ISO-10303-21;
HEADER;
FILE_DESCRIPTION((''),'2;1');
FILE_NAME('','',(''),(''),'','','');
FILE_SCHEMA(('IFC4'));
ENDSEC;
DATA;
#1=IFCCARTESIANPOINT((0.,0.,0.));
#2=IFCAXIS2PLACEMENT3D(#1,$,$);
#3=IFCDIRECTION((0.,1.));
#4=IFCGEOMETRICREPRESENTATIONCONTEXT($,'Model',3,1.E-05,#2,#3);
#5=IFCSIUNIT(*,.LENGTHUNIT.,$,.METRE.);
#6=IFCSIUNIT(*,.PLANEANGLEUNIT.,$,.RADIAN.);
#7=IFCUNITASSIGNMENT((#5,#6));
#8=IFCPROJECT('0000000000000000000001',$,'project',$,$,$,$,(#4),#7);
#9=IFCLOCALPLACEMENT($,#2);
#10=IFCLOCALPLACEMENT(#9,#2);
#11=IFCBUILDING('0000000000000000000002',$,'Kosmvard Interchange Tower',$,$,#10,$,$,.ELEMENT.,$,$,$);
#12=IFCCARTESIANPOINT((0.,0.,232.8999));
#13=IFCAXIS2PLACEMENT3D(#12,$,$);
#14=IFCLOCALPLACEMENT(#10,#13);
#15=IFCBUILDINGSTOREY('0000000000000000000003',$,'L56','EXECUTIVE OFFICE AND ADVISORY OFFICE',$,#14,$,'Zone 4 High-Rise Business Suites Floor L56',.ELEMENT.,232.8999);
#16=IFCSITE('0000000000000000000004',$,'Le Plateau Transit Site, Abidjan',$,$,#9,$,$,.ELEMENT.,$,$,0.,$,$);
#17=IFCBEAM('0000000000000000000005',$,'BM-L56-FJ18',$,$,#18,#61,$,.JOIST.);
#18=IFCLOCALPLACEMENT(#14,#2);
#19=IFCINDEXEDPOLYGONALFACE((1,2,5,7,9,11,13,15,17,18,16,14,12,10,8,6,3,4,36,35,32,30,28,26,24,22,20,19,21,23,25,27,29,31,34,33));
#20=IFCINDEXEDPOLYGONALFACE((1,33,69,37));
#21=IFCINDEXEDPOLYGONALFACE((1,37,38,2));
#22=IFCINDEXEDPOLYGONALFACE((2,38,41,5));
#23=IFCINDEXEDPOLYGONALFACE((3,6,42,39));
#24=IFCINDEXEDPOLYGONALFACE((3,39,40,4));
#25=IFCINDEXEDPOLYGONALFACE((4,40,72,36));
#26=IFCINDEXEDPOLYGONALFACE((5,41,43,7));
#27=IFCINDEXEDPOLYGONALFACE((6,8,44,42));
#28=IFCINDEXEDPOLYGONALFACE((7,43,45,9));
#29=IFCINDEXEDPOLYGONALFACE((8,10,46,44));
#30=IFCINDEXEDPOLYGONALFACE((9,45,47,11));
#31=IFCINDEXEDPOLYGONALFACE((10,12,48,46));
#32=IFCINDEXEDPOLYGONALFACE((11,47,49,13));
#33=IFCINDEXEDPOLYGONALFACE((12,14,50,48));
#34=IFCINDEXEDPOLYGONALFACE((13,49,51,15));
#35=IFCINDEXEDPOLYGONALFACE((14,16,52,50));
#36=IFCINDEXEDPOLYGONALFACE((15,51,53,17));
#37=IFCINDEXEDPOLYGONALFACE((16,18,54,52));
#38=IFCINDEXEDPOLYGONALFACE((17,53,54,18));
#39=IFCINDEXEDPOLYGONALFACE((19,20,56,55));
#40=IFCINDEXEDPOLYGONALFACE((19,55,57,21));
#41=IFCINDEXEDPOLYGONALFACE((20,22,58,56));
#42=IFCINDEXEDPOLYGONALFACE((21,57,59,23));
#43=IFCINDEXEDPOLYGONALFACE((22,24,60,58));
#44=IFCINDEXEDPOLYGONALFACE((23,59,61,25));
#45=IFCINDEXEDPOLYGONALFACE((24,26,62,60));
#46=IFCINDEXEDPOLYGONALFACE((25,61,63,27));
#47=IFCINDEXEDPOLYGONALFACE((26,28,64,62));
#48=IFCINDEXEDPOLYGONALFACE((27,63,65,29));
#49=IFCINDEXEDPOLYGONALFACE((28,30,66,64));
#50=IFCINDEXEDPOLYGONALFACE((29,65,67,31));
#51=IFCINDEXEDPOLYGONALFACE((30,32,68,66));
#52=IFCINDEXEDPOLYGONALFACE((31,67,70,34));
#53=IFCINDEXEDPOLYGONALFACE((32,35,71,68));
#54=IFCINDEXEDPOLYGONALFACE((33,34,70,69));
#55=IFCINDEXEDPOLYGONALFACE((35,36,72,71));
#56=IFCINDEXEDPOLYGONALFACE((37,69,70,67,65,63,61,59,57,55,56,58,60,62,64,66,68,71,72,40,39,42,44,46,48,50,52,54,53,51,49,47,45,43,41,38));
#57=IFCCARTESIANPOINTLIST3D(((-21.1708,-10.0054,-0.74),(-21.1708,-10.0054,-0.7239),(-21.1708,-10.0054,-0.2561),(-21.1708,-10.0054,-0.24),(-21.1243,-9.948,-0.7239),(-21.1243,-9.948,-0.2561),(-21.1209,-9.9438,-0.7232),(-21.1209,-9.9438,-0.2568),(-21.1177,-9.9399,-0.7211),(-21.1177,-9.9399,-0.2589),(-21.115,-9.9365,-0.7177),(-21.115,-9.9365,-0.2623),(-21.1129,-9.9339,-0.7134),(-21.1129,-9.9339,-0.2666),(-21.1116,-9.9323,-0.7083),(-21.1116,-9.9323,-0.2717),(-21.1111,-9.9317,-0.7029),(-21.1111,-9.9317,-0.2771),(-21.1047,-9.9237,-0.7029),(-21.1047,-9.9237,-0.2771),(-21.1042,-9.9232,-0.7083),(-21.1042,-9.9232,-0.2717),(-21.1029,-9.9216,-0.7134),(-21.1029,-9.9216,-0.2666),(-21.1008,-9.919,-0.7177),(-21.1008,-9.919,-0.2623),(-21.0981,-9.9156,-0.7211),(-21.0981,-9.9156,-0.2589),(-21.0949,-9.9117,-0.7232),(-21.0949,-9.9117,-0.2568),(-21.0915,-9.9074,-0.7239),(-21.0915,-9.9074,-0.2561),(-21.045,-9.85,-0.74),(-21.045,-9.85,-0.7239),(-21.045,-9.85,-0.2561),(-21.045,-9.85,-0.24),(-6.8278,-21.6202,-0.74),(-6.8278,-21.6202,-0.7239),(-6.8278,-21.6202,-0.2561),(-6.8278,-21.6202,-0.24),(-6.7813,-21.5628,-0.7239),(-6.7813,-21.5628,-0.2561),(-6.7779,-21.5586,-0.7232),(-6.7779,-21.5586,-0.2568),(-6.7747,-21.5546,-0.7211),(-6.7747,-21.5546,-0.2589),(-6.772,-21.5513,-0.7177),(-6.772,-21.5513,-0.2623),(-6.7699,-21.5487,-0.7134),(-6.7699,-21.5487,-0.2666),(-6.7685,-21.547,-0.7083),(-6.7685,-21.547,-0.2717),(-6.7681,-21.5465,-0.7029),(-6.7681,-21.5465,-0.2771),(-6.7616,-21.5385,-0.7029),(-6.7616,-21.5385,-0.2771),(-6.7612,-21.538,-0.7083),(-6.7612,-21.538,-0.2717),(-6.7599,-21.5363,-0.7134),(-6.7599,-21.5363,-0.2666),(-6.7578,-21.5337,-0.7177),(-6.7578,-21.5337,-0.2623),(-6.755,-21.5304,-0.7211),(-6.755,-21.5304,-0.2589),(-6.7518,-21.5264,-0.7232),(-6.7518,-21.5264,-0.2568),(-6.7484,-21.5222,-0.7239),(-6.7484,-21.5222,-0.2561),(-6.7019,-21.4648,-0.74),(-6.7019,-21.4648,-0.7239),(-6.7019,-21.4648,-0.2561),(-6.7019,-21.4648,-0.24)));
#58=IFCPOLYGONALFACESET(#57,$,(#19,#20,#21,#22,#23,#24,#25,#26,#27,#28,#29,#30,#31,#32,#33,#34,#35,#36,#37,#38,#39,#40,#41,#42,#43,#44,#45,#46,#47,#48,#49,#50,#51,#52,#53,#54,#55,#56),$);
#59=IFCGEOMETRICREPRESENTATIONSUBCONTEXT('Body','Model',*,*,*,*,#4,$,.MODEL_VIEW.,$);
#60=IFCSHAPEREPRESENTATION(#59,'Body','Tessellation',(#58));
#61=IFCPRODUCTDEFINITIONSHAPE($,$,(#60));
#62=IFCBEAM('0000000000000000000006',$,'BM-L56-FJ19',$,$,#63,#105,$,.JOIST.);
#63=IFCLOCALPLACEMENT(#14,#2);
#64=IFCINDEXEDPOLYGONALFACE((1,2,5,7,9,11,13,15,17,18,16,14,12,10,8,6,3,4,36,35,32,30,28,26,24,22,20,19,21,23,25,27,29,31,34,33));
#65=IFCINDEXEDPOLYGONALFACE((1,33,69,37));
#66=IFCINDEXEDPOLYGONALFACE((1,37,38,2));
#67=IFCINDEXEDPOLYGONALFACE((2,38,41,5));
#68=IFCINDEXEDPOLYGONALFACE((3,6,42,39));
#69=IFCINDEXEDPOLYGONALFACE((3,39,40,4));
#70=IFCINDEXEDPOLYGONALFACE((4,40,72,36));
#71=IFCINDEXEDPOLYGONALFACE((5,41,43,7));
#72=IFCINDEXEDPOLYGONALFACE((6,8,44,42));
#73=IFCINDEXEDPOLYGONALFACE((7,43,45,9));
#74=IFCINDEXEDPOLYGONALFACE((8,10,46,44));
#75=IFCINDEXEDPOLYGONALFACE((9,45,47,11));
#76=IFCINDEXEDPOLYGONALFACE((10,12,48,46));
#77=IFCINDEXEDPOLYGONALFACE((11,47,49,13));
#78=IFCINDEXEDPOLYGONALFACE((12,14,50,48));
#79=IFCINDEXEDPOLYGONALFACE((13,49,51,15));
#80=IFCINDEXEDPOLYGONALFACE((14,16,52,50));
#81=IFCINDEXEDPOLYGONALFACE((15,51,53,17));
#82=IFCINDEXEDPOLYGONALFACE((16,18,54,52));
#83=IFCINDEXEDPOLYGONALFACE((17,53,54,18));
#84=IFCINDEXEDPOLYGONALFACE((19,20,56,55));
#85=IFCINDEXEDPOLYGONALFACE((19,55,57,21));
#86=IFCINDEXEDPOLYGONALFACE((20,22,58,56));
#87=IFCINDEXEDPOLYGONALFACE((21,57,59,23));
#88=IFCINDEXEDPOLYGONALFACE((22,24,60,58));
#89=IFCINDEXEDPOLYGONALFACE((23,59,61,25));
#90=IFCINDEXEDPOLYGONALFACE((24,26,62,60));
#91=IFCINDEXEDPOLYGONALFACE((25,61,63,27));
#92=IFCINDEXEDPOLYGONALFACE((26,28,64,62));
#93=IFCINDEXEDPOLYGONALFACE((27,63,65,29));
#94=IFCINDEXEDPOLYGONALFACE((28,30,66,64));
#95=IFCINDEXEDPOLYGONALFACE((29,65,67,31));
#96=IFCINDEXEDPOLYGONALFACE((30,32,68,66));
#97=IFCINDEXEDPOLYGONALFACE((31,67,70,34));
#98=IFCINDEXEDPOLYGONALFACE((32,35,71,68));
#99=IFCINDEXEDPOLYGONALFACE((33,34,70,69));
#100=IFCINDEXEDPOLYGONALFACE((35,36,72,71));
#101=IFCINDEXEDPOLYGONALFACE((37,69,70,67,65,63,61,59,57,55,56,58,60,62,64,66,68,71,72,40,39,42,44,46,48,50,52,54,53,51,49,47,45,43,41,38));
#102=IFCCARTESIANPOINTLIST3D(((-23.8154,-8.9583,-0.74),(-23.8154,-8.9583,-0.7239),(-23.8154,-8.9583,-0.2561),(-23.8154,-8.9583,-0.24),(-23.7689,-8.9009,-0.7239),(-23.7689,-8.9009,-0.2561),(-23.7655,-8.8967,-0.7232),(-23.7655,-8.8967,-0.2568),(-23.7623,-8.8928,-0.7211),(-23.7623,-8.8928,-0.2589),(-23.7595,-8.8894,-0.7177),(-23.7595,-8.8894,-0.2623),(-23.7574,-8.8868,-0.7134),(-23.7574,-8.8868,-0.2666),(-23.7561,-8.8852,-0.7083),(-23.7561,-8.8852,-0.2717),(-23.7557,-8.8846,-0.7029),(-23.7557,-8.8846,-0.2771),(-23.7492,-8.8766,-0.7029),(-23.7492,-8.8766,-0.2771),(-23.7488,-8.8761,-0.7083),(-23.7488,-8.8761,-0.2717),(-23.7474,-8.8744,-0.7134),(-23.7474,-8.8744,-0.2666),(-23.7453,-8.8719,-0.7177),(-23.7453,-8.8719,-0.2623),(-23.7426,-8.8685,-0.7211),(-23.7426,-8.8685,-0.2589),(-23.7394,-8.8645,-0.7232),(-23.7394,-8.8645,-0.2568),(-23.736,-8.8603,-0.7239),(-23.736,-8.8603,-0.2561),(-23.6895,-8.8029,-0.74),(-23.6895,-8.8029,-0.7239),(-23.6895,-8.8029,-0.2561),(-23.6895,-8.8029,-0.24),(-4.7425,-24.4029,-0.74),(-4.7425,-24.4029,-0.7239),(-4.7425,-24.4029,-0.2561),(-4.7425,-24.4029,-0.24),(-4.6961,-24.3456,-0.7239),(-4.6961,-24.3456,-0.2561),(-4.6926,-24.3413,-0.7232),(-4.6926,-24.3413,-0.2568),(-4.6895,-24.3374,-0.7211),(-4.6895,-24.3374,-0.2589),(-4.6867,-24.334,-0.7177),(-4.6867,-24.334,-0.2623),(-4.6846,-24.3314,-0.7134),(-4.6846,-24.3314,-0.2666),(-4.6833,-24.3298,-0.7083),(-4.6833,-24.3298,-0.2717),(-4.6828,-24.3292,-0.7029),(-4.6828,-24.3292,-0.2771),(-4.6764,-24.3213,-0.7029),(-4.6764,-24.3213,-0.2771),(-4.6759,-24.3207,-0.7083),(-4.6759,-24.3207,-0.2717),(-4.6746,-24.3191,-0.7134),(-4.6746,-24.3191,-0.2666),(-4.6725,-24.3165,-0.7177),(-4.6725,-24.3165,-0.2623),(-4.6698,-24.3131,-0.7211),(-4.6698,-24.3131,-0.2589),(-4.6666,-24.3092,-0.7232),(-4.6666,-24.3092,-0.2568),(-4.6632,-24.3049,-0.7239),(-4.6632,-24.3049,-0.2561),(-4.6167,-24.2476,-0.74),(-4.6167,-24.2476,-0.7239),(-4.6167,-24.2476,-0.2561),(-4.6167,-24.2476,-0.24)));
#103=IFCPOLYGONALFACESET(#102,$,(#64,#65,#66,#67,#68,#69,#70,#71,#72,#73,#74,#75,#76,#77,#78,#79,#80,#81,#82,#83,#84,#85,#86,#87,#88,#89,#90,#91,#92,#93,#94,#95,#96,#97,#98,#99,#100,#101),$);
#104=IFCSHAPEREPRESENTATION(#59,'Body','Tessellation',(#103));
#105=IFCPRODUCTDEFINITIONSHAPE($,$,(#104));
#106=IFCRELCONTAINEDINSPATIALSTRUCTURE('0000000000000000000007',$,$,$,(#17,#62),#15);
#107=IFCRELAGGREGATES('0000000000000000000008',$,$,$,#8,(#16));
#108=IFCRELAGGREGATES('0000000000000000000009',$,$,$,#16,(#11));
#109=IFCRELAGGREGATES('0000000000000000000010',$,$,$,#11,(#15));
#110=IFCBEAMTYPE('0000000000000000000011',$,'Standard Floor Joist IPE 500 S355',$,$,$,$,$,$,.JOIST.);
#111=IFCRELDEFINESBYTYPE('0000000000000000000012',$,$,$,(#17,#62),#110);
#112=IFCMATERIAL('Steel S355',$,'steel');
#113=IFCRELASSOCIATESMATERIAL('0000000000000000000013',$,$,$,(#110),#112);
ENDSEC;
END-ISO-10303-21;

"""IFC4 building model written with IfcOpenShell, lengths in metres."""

from ifc_helpers import new_model, si_unit, direction, frame, origin, origin_2d, place, context, subcontext, project, spatial, i_section, extrude, source, transform, mapped, material, material_profile, profile_set, type_object, element, save


model = new_model("IFC4")

# Units and contexts
model_context = context("Model", 3, precision=1e-05, world=origin(), true_north=direction((0.0, 1.0)))
body_context = subcontext(model_context, "Body", "Model", "MODEL_VIEW")
ifc_project = project(units=[si_unit("LENGTHUNIT", "METRE"), si_unit("PLANEANGLEUNIT", "RADIAN")], contexts=[model_context])

# Site, building, storey
site_placement = place(None, origin())
site = spatial("IfcSite", under=ifc_project, at=site_placement, Name="Le Plateau Transit Site, Abidjan", CompositionType="ELEMENT", RefElevation=0.0)
building_placement = place(site_placement, origin())
building = spatial("IfcBuilding", under=site, at=building_placement, Name="Kosmvard Interchange Tower", CompositionType="ELEMENT")
storey_placement = place(building_placement, frame((0.0, 0.0, 232.8999)))
storey = spatial("IfcBuildingStorey", under=building, at=storey_placement, Name="L56", Description="EXECUTIVE OFFICE AND ADVISORY OFFICE", LongName="Zone 4 High-Rise Business Suites Floor L56", CompositionType="ELEMENT", Elevation=232.8999)

# Beams
ifc_material_1 = material(Name="Steel S355", Category="steel")
ifc_material_profile_1 = material_profile(ifc_material_1, i_section(OverallWidth=0.2, OverallDepth=0.5, WebThickness=0.0103, FlangeThickness=0.0161, FilletRadius=0.021, at=origin_2d()), Name="IPE 500")
ifc_profile_set_1 = profile_set([ifc_material_profile_1], Name="Steel S355")
beam_type_1 = type_object("IfcBeamType", Name="Standard Floor Joist IPE 500 S355", PredefinedType="JOIST", material=ifc_profile_set_1)
shared_shape_1 = source(origin(), body_context, "Body", "SweptSolid", [
    extrude(i_section(OverallWidth=0.2, OverallDepth=0.5, WebThickness=0.0103, FlangeThickness=0.0161, FilletRadius=0.021, at=origin_2d()), origin(), (0.0, 0.0, 1.0), 18.4561),
])
beam_1_placement = place(storey_placement, frame((-21.1079, -9.9277, -0.49), z_axis=(0.777146, -0.62932, 0.0), x_axis=(0.62932, 0.777146, 0.0)))
element("IfcBeam", 1, at=beam_1_placement, inside=storey, type_object=beam_type_1, Name="BM-L56-FJ18", PredefinedType="JOIST", context=body_context, shape_type="MappedRepresentation", body=[
    mapped(shared_shape_1, transform((0.0, 0.0, 0.0), scale=1.0)),
])
shared_shape_2 = source(origin(), body_context, "Body", "SweptSolid", [
    extrude(i_section(OverallWidth=0.2, OverallDepth=0.5, WebThickness=0.0103, FlangeThickness=0.0161, FilletRadius=0.021, at=origin_2d()), origin(), (0.0, 0.0, 1.0), 24.542),
])
beam_2_placement = place(storey_placement, frame((-23.7524, -8.8806, -0.49), z_axis=(0.777151, -0.629315, 0.0), x_axis=(0.629315, 0.777151, 0.0)))
element("IfcBeam", 2, at=beam_2_placement, inside=storey, type_object=beam_type_1, Name="BM-L56-FJ19", PredefinedType="JOIST", context=body_context, shape_type="MappedRepresentation", body=[
    mapped(shared_shape_2, transform((0.0, 0.0, 0.0), scale=1.0)),
])

save(model, "model.ifc")
